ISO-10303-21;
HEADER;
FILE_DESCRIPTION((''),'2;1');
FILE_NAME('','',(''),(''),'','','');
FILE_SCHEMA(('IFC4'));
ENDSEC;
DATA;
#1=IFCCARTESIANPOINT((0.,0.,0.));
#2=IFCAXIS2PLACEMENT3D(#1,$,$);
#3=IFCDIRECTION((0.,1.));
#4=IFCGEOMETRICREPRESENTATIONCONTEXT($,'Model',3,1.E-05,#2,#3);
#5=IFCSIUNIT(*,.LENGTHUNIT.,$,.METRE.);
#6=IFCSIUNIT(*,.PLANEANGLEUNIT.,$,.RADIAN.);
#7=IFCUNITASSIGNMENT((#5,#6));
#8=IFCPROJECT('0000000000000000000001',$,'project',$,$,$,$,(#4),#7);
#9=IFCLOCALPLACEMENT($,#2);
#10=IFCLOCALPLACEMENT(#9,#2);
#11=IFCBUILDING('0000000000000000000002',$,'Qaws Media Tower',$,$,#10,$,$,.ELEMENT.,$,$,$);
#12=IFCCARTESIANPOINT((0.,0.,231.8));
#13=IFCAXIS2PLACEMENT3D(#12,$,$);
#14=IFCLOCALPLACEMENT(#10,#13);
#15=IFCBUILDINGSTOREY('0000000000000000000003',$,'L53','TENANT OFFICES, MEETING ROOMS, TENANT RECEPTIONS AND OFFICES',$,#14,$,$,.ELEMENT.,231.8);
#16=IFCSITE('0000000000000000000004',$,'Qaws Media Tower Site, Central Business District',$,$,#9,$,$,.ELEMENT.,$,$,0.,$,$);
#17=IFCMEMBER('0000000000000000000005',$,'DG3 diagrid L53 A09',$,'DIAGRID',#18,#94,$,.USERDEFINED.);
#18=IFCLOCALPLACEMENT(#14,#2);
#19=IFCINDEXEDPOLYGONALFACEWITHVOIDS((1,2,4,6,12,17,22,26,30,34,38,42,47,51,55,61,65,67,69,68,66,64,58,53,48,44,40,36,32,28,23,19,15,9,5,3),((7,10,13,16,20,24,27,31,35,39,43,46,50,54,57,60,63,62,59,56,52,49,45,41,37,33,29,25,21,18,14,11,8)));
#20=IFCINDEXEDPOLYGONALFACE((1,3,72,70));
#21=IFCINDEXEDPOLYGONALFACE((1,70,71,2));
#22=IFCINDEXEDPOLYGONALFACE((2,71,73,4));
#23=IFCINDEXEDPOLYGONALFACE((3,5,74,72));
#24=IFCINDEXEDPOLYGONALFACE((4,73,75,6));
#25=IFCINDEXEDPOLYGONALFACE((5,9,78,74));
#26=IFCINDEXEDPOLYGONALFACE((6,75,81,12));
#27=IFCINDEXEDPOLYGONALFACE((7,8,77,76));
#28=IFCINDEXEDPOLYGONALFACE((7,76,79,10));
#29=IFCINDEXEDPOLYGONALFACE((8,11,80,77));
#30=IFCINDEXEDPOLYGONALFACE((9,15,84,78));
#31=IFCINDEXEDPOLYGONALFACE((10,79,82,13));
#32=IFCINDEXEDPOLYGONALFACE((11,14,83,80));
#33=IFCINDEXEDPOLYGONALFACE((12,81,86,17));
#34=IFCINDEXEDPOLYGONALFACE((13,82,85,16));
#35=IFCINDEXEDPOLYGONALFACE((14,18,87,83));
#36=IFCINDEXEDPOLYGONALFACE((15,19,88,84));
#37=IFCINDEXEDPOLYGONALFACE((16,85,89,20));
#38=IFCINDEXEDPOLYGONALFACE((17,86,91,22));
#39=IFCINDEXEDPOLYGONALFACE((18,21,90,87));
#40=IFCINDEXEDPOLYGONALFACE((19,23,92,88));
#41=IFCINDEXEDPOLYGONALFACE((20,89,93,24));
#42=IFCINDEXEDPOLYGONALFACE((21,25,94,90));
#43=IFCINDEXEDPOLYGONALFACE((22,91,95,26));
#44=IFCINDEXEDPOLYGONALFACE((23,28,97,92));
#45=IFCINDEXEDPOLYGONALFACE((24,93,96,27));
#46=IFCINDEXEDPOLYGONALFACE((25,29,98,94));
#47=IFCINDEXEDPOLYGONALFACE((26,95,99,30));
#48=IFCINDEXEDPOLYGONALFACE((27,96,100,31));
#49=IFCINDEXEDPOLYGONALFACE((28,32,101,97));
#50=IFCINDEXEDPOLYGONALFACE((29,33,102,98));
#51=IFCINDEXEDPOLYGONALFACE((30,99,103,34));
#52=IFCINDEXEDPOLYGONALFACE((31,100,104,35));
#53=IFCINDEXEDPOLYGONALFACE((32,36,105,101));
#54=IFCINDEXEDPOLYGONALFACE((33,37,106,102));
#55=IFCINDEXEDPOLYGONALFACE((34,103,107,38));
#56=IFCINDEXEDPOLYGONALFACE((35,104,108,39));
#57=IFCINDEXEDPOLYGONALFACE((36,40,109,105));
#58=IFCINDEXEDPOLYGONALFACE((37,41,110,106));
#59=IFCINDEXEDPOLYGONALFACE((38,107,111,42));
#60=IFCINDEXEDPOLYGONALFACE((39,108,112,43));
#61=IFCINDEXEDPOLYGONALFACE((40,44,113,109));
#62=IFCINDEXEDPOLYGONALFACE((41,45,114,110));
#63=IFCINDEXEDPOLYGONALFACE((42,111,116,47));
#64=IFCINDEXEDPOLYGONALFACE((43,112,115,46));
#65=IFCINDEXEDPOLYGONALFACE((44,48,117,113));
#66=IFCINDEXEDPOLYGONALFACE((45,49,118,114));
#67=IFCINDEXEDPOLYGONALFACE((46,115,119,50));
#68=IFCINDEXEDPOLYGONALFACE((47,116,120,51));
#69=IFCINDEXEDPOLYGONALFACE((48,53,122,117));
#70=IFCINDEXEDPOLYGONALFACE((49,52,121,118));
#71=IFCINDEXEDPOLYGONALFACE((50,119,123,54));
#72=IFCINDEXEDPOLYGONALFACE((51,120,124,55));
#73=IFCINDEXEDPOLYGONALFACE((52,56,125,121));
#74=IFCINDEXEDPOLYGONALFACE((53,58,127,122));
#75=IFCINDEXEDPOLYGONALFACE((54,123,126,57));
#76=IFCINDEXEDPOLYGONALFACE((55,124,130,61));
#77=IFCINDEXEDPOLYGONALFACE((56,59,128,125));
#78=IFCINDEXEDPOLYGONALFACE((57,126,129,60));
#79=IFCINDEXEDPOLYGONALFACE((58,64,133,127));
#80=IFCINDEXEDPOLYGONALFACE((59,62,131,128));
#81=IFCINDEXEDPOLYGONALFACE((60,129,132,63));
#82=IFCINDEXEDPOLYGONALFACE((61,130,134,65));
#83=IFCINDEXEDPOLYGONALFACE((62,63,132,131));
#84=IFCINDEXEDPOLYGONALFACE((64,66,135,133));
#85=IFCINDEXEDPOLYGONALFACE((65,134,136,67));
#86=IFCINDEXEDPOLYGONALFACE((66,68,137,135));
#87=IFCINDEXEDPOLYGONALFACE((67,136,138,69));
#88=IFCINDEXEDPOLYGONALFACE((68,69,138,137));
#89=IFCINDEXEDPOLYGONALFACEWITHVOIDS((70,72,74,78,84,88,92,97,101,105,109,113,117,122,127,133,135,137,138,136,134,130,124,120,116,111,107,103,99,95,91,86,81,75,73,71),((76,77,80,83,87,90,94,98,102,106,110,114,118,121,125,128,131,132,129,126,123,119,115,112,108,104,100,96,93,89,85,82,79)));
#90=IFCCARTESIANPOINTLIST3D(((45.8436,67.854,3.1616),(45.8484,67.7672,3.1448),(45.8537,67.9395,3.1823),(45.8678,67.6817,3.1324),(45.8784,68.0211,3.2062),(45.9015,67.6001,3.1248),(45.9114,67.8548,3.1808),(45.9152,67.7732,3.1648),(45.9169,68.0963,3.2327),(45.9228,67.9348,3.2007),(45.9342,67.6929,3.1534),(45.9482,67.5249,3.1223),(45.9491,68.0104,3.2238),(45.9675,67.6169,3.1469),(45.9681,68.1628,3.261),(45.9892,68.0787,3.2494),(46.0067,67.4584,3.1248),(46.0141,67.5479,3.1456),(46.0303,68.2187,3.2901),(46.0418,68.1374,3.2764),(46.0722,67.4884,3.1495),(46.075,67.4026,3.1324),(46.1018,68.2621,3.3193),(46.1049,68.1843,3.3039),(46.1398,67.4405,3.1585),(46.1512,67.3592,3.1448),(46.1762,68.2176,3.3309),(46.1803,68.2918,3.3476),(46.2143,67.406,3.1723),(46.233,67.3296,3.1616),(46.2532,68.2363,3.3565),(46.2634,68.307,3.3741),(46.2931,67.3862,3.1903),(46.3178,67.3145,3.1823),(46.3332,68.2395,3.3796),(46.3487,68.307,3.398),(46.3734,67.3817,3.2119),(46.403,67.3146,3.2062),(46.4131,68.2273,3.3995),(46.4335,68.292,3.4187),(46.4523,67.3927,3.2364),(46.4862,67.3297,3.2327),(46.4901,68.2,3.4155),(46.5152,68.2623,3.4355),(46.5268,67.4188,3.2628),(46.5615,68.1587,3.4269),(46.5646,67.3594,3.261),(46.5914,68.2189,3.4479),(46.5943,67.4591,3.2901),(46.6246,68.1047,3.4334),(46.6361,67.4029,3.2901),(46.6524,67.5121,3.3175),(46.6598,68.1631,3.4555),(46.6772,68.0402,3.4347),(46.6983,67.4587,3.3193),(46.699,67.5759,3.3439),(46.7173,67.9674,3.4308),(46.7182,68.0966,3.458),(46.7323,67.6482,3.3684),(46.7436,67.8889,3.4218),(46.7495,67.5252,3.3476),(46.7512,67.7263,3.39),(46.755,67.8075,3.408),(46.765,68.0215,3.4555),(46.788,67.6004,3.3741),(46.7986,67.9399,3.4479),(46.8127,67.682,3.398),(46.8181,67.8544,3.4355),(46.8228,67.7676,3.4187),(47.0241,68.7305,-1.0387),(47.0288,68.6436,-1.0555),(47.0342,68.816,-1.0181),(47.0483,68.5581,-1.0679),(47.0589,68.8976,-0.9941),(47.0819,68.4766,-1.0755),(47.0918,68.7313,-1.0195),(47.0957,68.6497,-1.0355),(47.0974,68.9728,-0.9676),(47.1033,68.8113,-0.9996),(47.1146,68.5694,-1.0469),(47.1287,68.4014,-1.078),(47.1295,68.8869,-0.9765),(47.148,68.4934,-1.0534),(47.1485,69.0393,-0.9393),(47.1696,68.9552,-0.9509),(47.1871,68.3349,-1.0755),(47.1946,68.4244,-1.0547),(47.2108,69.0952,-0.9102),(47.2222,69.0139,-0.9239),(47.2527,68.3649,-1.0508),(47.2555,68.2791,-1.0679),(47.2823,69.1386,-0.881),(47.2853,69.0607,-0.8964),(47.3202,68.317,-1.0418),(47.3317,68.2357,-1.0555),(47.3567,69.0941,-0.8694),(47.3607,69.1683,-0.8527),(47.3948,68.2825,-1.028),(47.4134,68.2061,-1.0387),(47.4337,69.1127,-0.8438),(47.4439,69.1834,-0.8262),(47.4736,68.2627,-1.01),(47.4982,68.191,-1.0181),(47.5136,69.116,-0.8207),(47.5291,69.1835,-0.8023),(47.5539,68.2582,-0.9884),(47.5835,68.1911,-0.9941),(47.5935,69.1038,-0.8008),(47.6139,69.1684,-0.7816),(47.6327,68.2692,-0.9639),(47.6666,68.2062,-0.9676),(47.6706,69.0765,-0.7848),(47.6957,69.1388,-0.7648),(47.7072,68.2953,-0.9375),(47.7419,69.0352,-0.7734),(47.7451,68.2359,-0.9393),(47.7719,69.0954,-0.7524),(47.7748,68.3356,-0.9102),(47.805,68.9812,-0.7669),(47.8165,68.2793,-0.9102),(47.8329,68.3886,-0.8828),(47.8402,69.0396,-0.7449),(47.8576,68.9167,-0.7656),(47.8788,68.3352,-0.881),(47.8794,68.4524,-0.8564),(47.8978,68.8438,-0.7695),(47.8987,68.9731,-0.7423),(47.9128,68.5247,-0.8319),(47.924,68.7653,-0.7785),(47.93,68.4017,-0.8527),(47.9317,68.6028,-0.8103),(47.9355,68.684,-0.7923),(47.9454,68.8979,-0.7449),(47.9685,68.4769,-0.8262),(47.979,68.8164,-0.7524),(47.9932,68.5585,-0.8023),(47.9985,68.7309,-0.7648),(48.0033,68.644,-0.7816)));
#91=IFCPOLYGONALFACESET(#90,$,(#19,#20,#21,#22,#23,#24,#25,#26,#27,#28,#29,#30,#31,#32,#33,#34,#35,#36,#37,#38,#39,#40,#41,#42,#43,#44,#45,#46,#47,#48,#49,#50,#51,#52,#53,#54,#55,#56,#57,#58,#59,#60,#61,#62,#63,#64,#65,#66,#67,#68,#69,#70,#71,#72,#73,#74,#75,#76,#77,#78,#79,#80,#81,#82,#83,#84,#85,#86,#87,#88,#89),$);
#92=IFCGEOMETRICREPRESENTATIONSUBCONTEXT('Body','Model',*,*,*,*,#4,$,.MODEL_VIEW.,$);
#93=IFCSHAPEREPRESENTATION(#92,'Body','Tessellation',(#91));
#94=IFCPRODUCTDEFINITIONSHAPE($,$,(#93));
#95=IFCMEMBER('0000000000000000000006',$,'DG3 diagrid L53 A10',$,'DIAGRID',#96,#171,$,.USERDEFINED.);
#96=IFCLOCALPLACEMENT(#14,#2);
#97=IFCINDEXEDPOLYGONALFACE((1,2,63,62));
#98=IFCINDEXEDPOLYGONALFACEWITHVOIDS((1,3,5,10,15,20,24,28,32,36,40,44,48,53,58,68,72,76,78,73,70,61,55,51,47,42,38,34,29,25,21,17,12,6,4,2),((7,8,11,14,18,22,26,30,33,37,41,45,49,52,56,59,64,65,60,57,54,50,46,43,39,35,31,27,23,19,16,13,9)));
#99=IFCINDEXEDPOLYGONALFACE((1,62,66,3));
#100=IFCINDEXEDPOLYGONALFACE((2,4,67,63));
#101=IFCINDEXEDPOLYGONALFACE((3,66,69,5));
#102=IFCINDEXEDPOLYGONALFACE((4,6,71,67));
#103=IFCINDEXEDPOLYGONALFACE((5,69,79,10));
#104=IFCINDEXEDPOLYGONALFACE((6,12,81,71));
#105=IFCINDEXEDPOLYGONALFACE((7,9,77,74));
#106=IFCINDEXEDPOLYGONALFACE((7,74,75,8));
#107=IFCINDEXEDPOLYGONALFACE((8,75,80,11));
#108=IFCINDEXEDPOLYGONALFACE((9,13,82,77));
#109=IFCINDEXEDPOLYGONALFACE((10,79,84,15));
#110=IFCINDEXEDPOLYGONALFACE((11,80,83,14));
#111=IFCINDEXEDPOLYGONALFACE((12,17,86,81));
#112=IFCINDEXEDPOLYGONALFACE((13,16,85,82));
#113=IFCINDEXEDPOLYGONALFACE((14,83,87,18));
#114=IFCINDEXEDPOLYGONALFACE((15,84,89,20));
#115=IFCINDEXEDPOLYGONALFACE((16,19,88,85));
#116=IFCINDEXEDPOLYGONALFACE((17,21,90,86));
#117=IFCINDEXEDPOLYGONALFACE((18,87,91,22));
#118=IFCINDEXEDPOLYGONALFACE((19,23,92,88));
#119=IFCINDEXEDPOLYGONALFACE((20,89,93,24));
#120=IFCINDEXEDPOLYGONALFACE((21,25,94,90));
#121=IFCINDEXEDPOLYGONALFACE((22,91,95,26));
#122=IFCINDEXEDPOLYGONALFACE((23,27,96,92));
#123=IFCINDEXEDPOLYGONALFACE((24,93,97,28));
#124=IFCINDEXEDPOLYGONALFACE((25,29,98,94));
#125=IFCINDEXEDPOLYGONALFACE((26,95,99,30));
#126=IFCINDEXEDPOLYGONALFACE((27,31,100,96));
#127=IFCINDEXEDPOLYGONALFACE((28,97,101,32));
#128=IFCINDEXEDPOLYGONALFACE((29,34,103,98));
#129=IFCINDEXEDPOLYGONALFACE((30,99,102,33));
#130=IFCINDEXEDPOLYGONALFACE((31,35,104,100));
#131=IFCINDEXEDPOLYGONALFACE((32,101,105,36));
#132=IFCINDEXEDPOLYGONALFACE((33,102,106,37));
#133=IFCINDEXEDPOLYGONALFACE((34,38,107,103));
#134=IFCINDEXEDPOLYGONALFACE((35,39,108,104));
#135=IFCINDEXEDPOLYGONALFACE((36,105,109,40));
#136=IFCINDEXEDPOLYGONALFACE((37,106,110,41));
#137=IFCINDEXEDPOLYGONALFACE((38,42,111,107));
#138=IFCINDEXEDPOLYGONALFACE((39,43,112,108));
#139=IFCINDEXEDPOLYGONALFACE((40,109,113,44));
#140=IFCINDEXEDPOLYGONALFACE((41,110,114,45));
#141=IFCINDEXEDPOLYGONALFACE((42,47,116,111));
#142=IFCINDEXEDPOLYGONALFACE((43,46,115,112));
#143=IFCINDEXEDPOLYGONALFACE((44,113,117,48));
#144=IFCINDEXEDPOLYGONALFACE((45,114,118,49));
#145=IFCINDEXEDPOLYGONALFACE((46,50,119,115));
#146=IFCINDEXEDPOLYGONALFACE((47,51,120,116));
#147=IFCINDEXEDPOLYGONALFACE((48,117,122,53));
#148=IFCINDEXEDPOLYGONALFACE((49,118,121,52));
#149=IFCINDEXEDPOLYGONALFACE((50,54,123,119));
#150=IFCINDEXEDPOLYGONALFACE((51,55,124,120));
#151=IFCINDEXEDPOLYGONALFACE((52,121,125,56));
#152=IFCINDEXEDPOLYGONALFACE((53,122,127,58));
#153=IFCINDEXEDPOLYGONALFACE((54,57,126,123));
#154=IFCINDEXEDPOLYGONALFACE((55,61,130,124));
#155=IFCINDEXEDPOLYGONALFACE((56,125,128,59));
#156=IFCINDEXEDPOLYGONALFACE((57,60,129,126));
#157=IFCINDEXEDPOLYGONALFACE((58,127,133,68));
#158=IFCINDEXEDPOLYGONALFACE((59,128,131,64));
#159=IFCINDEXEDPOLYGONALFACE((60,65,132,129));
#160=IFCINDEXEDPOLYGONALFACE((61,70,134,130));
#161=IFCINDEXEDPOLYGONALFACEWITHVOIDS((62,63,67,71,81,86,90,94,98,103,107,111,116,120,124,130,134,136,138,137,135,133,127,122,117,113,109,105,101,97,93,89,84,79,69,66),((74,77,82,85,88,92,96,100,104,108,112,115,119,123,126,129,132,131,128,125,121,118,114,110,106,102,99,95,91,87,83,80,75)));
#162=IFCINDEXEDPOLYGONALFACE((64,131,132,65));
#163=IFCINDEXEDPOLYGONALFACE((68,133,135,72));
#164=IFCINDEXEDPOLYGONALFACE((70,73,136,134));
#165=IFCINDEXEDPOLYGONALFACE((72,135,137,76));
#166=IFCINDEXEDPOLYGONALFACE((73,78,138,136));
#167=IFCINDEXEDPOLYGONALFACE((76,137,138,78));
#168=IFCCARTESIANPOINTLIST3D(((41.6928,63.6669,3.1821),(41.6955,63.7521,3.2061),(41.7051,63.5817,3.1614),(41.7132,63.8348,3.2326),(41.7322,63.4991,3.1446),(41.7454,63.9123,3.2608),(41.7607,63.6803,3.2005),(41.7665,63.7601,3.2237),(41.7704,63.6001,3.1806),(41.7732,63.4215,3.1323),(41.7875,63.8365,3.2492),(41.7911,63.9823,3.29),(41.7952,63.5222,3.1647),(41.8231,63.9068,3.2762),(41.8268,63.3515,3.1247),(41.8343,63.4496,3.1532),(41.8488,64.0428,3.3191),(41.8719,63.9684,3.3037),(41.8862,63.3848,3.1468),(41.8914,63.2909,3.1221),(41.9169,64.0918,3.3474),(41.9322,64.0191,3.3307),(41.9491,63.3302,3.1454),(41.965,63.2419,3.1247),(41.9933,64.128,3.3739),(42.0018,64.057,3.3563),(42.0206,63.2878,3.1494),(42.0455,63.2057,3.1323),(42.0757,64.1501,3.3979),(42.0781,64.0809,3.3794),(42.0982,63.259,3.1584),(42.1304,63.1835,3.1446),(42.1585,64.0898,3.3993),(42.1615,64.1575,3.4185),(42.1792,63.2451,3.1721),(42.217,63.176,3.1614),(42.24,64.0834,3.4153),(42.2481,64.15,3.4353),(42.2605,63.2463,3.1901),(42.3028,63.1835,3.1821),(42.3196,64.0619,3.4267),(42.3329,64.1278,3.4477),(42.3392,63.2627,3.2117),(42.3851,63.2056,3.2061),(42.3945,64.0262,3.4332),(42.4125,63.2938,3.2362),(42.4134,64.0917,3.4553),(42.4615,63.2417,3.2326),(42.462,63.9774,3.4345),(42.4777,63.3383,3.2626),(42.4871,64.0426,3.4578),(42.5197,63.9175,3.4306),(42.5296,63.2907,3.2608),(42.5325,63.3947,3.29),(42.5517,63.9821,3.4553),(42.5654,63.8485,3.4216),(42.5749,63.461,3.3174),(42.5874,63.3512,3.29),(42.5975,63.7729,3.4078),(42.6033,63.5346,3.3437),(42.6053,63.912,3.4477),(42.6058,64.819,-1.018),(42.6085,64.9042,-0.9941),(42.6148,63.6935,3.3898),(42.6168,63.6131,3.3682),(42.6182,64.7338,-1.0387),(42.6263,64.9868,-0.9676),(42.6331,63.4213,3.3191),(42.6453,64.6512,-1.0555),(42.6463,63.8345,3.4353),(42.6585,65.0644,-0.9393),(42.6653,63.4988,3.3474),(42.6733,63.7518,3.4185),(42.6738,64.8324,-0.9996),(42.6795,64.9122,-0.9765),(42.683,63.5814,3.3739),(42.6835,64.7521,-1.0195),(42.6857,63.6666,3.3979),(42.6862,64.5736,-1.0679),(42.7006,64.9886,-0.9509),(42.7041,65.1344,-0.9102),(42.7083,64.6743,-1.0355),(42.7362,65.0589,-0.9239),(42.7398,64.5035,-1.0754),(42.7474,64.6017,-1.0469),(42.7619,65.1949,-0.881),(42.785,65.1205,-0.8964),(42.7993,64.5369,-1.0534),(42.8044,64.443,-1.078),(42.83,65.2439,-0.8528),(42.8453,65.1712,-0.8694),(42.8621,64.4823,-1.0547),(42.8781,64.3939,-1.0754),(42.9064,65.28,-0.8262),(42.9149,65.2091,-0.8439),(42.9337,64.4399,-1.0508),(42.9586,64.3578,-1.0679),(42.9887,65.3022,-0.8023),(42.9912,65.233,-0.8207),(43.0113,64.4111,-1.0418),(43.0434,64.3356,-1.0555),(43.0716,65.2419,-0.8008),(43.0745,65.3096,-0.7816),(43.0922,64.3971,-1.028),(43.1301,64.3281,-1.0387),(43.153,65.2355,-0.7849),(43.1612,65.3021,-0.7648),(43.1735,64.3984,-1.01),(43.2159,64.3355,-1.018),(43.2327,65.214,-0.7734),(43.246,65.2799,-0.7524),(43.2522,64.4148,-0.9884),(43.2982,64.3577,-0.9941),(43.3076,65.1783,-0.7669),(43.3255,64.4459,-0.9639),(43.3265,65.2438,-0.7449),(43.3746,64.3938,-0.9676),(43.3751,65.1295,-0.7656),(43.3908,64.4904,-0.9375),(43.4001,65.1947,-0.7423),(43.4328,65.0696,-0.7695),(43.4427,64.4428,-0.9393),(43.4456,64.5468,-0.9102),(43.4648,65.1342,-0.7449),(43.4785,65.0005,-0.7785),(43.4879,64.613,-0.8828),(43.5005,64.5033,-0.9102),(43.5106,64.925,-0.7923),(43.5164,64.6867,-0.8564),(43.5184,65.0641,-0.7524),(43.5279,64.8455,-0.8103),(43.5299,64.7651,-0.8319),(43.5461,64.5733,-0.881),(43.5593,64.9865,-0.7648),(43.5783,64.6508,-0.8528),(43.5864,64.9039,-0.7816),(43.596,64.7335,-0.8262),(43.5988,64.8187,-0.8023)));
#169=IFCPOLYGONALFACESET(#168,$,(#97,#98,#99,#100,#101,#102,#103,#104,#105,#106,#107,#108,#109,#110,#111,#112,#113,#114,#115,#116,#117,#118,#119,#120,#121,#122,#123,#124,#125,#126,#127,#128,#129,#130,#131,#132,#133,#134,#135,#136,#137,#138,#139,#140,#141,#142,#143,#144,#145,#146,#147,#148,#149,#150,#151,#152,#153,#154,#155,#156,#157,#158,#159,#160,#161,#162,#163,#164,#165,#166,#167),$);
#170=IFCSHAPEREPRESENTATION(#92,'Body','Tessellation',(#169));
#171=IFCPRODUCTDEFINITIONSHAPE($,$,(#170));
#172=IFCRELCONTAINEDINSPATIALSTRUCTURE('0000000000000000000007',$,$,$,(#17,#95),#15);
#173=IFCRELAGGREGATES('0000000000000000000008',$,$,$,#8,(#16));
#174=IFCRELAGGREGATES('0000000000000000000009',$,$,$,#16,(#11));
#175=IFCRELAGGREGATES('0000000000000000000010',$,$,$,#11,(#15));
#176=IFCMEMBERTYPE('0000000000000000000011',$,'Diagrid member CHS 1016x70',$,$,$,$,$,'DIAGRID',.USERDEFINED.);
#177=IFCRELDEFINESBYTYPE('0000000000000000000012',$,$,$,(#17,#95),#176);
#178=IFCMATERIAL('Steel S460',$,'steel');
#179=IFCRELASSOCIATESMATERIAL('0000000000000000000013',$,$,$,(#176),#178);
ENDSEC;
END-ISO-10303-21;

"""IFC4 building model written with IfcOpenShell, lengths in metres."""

from ifc_helpers import new_model, si_unit, direction, frame, origin, origin_2d, place, context, subcontext, project, spatial, hollow_circle, extrude, material, material_profile, profile_set, type_object, element, save


model = new_model("IFC4")

# Units and contexts
model_context = context("Model", 3, precision=1e-05, world=origin(), true_north=direction((0.0, 1.0)))
body_context = subcontext(model_context, "Body", "Model", "MODEL_VIEW")
ifc_project = project(units=[si_unit("LENGTHUNIT", "METRE"), si_unit("PLANEANGLEUNIT", "RADIAN")], contexts=[model_context])

# Site, building, storey
site_placement = place(None, origin())
site = spatial("IfcSite", under=ifc_project, at=site_placement, Name="Qaws Media Tower Site, Central Business District", CompositionType="ELEMENT", RefElevation=0.0)
building_placement = place(site_placement, origin())
building = spatial("IfcBuilding", under=site, at=building_placement, Name="Qaws Media Tower", CompositionType="ELEMENT")
storey_placement = place(building_placement, frame((0.0, 0.0, 231.8)))
storey = spatial("IfcBuildingStorey", under=building, at=storey_placement, Name="L53", Description="TENANT OFFICES, MEETING ROOMS, TENANT RECEPTIONS AND OFFICES", CompositionType="ELEMENT", Elevation=231.8)

# Members
ifc_material_1 = material(Name="Steel S460", Category="steel")
ifc_material_profile_1 = material_profile(ifc_material_1, hollow_circle(Radius=0.5081, WallThickness=0.0701, at=origin_2d()), Name="CHS 1016x70")
ifc_profile_set_1 = profile_set([ifc_material_profile_1], Name="Steel S460")
member_type_1 = type_object("IfcMemberType", Name="Diagrid member CHS 1016x70", ElementType="DIAGRID", PredefinedType="USERDEFINED", material=ifc_profile_set_1)
member_1_placement = place(storey_placement, frame((47.5137, 68.6873, -0.9102), z_axis=(-0.265258, -0.196955, 0.943847), x_axis=(0.596141, -0.80288, 0.0)))
element("IfcMember", 1, at=member_1_placement, inside=storey, type_object=member_type_1, Name="DG3 diagrid L53 A09", ObjectType="DIAGRID", PredefinedType="USERDEFINED", context=body_context, shape_type="SweptSolid", body=[
    extrude(hollow_circle(Radius=0.5081, WallThickness=0.0701, at=origin_2d()), origin(), (0.0, 0.0, 1.0), 4.4502),
])
for number, where, z_axis, x_axis, name in (
    (2, (43.1023, 64.8188, -0.9102), (-0.205187, -0.258897, 0.943859), (0.783712, -0.621124, 0.0), "DG3 diagrid L53 A10"),
):
    element("IfcMember", number, at=place(storey_placement, frame(where, z_axis=z_axis, x_axis=x_axis)), inside=storey, type_object=member_type_1, Name=name, ObjectType="DIAGRID", PredefinedType="USERDEFINED", context=body_context, shape_type="SweptSolid", body=[
        extrude(hollow_circle(Radius=0.5081, WallThickness=0.0701, at=origin_2d()), origin(), (0.0, 0.0, 1.0), 4.45),
    ])

save(model, "model.ifc")
